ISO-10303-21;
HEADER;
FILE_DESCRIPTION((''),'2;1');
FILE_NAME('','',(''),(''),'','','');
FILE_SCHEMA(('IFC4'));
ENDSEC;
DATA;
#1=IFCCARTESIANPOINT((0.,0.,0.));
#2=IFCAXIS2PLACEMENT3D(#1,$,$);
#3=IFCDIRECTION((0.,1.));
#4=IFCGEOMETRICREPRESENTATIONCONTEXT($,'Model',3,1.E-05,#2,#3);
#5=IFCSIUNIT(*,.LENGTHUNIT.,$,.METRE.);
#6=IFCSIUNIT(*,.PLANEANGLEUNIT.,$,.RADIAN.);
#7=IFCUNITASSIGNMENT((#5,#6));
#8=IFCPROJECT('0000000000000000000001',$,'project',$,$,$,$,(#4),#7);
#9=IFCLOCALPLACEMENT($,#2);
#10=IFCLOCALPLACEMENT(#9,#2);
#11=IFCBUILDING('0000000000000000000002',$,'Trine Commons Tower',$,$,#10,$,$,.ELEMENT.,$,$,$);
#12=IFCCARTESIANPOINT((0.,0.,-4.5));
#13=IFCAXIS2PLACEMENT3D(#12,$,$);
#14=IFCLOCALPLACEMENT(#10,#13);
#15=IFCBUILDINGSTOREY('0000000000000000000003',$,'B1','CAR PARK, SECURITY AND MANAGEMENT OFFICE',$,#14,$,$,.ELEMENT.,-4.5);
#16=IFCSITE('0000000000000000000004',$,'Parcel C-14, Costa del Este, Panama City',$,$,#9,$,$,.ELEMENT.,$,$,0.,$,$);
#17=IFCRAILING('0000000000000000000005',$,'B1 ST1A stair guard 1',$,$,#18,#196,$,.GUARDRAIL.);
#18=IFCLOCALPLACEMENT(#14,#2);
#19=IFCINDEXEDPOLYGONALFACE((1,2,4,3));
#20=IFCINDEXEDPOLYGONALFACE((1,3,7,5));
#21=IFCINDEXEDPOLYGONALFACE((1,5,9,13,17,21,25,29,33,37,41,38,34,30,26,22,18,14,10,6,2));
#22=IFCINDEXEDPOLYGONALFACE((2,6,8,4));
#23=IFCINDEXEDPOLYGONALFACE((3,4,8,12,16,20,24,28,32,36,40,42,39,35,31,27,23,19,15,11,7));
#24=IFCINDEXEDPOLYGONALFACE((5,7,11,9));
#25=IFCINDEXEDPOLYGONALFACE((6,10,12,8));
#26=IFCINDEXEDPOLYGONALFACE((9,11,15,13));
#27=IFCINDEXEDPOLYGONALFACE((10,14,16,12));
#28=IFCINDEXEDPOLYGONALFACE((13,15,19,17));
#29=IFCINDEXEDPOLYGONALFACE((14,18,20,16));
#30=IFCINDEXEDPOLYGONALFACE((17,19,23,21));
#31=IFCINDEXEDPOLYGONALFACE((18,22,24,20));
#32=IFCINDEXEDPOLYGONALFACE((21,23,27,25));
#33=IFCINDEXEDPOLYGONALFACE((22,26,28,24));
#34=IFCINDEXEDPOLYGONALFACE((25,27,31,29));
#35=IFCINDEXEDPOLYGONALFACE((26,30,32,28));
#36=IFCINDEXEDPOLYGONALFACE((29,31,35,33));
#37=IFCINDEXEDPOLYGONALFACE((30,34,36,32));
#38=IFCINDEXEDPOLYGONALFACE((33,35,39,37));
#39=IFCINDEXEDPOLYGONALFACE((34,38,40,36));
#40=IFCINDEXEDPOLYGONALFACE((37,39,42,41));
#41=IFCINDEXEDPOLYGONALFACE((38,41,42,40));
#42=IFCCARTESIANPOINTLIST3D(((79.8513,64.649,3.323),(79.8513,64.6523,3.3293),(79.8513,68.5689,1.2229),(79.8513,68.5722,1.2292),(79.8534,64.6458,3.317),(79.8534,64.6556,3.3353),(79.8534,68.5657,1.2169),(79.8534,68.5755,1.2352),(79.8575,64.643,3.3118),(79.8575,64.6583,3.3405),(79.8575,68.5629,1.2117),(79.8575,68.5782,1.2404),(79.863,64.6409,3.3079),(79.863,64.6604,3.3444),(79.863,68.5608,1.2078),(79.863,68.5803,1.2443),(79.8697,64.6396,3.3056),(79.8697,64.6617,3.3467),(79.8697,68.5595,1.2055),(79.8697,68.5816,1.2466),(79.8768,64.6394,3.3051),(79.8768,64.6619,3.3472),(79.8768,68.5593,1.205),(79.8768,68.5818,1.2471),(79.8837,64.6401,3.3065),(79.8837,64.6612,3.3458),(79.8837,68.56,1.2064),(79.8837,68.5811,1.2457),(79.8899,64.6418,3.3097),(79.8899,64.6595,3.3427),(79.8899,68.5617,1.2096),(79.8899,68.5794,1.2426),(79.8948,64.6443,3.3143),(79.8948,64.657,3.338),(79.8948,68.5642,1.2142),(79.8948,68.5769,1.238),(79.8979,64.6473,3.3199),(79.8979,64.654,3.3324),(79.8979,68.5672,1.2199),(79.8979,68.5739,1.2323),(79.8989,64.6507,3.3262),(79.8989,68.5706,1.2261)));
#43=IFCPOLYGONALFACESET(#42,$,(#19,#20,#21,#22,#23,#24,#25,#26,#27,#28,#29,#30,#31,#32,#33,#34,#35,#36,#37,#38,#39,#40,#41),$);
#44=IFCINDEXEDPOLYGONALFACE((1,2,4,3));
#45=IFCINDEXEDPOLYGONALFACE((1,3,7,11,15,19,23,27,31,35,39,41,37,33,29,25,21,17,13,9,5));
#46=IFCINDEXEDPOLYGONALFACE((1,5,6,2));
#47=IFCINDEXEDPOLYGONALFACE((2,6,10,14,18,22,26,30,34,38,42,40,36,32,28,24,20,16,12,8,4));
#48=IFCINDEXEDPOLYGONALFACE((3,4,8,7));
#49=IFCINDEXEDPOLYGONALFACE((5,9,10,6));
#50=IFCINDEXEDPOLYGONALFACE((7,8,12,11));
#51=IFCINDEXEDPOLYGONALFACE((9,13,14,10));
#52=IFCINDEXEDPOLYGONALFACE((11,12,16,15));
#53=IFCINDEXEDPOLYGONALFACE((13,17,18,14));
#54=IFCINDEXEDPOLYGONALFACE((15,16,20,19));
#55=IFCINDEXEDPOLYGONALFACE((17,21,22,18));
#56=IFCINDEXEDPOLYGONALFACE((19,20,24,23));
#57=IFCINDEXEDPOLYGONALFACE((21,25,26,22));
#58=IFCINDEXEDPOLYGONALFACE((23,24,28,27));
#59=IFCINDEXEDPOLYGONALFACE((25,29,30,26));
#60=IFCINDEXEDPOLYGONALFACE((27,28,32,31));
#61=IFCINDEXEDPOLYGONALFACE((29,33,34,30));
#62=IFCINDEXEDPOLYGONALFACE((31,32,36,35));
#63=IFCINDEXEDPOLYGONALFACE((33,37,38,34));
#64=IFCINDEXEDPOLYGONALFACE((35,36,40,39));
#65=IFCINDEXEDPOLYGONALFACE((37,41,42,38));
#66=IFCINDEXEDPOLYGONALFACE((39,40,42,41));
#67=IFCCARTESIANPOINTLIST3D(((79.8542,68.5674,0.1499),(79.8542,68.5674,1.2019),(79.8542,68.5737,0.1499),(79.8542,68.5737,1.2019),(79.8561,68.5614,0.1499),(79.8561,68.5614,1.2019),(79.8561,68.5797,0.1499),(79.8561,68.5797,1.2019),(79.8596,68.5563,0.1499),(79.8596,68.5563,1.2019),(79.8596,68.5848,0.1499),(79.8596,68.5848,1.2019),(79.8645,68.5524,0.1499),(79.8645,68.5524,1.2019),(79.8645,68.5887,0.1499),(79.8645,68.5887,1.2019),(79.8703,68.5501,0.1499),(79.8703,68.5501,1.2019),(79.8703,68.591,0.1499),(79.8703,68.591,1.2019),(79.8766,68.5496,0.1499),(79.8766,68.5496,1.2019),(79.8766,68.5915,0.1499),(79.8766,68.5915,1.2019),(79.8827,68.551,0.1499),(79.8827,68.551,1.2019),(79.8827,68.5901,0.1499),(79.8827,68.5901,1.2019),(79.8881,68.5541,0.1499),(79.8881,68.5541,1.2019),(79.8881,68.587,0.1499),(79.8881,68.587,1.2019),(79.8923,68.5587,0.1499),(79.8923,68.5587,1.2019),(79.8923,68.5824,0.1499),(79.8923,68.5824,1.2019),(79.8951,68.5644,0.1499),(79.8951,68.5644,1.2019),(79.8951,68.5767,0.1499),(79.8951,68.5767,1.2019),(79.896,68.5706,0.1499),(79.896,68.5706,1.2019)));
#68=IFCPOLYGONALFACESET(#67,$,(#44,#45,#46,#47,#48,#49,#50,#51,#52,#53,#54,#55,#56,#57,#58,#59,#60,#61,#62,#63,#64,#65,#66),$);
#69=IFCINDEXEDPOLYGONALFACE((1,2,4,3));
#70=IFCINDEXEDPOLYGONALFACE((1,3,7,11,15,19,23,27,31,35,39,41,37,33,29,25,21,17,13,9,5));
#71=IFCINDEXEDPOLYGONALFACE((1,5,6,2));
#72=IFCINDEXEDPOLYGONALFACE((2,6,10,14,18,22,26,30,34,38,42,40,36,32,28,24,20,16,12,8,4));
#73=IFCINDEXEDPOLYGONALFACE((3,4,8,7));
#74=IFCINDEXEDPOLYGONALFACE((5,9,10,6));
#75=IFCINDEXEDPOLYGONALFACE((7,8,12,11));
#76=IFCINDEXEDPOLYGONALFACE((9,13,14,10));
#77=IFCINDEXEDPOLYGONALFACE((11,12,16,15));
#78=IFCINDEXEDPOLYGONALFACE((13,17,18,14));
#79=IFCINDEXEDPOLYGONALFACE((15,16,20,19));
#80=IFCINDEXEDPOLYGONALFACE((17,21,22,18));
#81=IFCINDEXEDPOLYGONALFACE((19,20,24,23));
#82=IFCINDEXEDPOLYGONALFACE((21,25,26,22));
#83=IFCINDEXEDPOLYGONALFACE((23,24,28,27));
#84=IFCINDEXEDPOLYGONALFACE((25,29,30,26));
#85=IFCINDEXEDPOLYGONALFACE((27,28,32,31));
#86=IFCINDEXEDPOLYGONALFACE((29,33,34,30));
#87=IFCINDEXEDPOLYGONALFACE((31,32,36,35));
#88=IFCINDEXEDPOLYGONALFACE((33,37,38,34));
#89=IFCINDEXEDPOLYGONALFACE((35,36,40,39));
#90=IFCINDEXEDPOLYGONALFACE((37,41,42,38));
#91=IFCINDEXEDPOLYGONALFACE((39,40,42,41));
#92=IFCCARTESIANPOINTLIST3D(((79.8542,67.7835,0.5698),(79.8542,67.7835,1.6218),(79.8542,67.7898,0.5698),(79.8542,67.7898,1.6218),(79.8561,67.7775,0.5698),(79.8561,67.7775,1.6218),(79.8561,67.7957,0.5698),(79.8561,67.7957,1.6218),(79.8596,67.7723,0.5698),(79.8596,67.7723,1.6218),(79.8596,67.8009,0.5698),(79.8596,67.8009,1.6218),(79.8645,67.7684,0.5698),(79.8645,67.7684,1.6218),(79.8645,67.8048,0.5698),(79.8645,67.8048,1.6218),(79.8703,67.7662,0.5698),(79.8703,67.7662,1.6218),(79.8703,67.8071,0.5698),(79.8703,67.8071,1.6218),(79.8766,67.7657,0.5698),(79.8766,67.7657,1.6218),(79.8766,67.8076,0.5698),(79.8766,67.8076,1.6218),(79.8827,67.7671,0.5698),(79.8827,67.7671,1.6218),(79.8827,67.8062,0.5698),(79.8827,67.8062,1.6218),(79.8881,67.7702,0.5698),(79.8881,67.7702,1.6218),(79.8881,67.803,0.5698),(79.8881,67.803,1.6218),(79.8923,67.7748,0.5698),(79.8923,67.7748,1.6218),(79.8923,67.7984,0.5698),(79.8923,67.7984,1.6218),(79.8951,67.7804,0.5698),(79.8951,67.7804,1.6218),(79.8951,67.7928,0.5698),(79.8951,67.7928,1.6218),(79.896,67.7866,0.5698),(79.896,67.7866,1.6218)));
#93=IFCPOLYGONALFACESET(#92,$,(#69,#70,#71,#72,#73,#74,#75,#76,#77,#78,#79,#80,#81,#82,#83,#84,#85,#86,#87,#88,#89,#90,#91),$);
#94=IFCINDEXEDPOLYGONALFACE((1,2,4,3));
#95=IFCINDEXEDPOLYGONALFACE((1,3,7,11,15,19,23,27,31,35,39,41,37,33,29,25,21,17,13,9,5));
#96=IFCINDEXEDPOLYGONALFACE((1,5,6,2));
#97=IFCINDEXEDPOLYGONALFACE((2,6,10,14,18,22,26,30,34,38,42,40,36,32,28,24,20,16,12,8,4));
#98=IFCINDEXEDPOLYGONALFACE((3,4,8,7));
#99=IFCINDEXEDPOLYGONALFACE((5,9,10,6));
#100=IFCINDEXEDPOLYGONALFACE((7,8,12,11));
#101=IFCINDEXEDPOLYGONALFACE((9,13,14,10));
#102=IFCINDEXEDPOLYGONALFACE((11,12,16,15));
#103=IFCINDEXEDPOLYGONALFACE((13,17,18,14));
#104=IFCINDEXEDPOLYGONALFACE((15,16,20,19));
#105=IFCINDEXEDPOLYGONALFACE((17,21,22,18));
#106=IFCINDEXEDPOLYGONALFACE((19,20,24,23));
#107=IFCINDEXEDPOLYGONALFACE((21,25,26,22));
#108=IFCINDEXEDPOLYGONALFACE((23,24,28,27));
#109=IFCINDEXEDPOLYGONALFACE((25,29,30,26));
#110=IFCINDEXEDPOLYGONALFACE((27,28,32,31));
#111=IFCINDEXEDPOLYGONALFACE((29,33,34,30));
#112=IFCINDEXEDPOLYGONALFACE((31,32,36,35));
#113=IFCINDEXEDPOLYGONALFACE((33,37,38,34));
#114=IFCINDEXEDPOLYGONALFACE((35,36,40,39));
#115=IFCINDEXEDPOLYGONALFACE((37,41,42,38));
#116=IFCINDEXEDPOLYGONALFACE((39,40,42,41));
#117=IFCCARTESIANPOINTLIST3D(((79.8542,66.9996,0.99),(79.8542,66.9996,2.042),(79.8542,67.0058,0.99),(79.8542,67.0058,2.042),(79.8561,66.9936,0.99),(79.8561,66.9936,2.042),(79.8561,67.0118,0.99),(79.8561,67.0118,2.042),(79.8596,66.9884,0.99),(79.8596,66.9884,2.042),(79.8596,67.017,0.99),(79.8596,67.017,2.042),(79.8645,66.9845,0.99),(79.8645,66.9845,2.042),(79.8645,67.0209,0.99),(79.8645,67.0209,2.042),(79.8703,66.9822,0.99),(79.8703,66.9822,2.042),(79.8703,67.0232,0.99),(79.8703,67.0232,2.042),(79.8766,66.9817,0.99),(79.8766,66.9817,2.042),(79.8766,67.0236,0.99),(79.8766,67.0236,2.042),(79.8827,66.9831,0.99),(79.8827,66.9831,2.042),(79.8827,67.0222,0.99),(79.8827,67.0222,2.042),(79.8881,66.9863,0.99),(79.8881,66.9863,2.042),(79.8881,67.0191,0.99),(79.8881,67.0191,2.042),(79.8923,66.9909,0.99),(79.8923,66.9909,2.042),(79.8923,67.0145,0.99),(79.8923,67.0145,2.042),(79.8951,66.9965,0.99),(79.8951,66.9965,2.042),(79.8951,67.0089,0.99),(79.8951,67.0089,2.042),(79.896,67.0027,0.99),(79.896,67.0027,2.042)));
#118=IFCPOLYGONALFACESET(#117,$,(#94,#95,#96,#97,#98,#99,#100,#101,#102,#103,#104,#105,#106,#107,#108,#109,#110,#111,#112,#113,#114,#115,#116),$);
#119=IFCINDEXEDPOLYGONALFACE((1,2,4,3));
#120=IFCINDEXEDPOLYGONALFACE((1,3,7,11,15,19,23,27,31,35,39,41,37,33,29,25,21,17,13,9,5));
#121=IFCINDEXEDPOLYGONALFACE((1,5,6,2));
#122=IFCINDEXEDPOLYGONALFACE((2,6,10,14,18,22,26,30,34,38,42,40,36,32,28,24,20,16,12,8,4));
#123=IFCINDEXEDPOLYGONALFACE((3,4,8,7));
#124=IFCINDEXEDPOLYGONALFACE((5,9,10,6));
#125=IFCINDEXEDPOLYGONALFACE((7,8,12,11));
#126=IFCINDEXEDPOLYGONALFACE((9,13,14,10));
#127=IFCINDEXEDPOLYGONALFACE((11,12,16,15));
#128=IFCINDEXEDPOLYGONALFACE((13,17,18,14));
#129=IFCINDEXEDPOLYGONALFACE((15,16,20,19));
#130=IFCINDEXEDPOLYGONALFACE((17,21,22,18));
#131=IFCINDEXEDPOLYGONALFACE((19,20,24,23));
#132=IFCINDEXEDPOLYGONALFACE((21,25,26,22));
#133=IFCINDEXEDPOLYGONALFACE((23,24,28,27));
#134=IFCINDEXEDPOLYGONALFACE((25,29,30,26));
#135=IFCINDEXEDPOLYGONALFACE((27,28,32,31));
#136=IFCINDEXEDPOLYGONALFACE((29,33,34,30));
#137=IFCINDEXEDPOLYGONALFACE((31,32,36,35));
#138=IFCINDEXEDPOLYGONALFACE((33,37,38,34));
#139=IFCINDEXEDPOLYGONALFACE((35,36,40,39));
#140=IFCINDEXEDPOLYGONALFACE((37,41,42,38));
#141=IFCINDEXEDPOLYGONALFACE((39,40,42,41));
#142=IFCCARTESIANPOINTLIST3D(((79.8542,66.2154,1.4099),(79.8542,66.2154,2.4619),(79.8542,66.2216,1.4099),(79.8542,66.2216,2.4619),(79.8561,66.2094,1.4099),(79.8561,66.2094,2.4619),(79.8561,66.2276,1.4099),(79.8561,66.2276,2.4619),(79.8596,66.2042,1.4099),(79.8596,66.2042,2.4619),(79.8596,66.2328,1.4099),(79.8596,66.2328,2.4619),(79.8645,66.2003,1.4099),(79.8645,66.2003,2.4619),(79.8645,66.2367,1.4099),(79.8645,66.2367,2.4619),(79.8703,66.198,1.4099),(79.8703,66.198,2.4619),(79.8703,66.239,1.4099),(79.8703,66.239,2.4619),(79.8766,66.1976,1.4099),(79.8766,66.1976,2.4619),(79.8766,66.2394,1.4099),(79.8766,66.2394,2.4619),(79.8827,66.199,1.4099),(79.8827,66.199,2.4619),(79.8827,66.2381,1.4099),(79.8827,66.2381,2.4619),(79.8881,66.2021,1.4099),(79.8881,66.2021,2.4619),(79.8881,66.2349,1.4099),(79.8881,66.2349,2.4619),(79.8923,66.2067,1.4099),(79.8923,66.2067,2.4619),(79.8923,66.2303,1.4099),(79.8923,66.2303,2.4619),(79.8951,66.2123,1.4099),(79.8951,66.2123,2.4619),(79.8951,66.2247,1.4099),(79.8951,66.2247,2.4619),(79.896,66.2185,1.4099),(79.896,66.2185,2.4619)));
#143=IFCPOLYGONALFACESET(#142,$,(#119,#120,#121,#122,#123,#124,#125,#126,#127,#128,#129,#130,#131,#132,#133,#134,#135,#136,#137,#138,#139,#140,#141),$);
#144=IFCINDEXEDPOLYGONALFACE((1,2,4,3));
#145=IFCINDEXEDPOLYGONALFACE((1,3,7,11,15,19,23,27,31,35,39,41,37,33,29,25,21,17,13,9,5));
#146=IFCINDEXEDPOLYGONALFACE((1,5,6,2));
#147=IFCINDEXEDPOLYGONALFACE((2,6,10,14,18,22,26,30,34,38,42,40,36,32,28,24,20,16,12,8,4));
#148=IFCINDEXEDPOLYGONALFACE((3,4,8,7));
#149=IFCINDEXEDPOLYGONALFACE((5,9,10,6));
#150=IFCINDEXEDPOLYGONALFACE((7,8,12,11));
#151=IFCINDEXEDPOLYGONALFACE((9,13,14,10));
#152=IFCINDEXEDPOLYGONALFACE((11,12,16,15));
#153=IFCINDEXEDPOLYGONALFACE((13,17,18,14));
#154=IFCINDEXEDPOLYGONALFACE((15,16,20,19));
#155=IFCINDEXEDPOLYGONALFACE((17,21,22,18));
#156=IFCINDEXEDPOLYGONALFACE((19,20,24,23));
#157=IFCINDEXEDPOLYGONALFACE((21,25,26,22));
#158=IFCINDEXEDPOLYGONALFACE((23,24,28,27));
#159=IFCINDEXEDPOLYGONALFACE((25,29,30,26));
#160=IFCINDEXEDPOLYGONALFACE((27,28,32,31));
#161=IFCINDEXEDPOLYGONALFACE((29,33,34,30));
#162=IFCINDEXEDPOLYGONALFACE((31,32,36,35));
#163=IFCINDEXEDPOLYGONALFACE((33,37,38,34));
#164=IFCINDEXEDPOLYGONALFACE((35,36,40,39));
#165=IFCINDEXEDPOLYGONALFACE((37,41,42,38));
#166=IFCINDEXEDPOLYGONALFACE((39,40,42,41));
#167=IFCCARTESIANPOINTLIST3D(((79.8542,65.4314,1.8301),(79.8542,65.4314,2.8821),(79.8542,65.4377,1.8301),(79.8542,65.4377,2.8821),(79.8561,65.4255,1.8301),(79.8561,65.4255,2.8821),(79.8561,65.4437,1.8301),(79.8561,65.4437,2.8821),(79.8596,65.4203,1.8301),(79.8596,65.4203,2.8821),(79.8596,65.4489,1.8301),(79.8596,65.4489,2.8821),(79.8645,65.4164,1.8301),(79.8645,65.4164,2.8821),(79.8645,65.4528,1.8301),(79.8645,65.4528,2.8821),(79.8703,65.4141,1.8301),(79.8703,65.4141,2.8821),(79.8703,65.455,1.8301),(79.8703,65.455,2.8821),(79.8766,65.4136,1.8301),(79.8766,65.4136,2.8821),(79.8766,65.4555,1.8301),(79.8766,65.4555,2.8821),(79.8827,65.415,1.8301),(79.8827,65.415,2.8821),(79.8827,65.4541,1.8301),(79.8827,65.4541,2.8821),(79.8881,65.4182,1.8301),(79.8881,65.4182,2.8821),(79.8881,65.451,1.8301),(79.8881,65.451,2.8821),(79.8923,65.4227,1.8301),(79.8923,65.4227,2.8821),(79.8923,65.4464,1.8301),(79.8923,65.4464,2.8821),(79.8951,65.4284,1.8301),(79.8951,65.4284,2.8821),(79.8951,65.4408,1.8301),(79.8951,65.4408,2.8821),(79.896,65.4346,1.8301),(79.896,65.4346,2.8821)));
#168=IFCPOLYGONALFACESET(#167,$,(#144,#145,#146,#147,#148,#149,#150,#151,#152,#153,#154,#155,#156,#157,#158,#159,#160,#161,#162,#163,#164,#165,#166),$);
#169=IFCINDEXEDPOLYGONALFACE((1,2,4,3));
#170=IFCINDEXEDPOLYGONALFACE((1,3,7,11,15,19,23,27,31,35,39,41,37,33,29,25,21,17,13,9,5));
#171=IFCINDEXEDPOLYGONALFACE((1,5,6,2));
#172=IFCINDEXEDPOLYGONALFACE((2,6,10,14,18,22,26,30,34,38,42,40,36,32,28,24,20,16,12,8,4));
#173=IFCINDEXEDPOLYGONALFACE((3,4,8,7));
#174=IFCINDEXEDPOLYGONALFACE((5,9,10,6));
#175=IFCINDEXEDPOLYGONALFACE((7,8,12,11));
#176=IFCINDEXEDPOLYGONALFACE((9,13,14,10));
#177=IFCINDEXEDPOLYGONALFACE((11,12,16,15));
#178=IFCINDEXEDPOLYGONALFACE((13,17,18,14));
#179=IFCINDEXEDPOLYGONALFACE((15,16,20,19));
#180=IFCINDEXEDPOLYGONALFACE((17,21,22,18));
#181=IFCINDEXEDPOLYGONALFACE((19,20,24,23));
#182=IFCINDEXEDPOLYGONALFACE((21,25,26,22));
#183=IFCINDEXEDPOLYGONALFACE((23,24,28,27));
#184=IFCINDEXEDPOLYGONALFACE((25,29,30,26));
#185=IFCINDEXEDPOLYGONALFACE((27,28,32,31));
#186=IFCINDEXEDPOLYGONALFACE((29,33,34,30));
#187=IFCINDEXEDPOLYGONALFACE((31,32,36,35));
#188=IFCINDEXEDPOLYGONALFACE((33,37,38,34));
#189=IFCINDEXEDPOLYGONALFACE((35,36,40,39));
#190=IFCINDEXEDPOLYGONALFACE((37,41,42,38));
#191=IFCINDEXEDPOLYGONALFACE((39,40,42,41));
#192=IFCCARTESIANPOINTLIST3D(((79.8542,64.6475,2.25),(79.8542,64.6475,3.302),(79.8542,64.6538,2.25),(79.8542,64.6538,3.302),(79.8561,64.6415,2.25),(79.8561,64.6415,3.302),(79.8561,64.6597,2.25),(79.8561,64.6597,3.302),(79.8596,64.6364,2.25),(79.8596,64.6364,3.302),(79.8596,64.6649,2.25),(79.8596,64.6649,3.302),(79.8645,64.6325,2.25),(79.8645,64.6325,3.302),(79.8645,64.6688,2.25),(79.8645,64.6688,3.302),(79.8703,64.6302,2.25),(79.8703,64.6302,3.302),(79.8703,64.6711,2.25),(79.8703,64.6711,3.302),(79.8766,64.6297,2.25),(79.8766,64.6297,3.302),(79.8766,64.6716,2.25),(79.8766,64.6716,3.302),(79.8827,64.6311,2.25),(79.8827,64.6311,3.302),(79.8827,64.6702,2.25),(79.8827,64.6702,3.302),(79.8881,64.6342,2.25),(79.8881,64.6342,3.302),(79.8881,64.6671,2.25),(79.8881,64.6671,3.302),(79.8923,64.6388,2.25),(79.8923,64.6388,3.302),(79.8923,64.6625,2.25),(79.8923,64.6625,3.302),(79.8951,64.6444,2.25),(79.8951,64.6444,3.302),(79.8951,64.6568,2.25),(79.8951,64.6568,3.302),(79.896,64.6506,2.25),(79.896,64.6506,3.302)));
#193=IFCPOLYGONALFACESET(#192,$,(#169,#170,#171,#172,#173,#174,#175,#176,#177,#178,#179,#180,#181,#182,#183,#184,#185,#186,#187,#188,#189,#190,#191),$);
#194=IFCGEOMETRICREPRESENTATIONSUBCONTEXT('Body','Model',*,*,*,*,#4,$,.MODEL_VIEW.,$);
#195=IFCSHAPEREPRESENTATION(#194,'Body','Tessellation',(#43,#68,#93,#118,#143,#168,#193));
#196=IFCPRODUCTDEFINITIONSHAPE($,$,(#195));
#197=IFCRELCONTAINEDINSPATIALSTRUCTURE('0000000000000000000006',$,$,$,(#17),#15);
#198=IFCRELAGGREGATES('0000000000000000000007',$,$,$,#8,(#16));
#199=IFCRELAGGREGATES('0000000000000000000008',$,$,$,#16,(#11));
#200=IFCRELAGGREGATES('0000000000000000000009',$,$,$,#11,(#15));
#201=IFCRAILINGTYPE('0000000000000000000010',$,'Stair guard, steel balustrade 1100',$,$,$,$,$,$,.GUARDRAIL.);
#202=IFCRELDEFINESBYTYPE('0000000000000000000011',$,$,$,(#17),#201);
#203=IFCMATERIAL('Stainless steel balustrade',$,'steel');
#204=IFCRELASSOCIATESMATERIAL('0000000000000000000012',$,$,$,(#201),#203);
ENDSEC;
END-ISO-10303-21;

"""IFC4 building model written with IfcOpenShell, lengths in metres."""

from ifc_helpers import new_model, si_unit, direction, frame, origin, origin_2d, place, context, subcontext, project, spatial, circle, extrude, material, type_object, element, save


model = new_model("IFC4")

# Units and contexts
model_context = context("Model", 3, precision=1e-05, world=origin(), true_north=direction((0.0, 1.0)))
body_context = subcontext(model_context, "Body", "Model", "MODEL_VIEW")
ifc_project = project(units=[si_unit("LENGTHUNIT", "METRE"), si_unit("PLANEANGLEUNIT", "RADIAN")], contexts=[model_context])

# Site, building, storey
site_placement = place(None, origin())
site = spatial("IfcSite", under=ifc_project, at=site_placement, Name="Parcel C-14, Costa del Este, Panama City", CompositionType="ELEMENT", RefElevation=0.0)
building_placement = place(site_placement, origin())
building = spatial("IfcBuilding", under=site, at=building_placement, Name="Trine Commons Tower", CompositionType="ELEMENT")
storey_placement = place(building_placement, frame((0.0, 0.0, -4.5)))
storey = spatial("IfcBuildingStorey", under=building, at=storey_placement, Name="B1", Description="CAR PARK, SECURITY AND MANAGEMENT OFFICE", CompositionType="ELEMENT", Elevation=-4.5)

# Railing
ifc_material_1 = material(Name="Stainless steel balustrade", Category="steel")
railing_type_1 = type_object("IfcRailingType", Name="Stair guard, steel balustrade 1100", PredefinedType="GUARDRAIL", material=ifc_material_1)
railing_1_placement = place(storey_placement, frame((79.875, 68.5706, 0.1499)))
element("IfcRailing", 1, at=railing_1_placement, inside=storey, type_object=railing_type_1, Name="B1 ST1A stair guard 1", PredefinedType="GUARDRAIL", context=body_context, shape_type="SweptSolid", body=[
    extrude(circle(Radius=0.0239, at=origin_2d()), frame((0.0, 0.0, 1.0762), z_axis=(0.0, -0.881467, 0.472246), x_axis=(1.0, 0.0, 0.0)), (0.0, 0.0, 1.0), 4.447),
    extrude(circle(Radius=0.021, at=origin_2d()), origin(), (0.0, 0.0, 1.0), 1.052),
    extrude(circle(Radius=0.021, at=origin_2d()), frame((0.0, -0.7839, 0.4199)), (0.0, 0.0, 1.0), 1.052),
    extrude(circle(Radius=0.021, at=origin_2d()), frame((0.0, -1.5679, 0.8401)), (0.0, 0.0, 1.0), 1.052),
    extrude(circle(Radius=0.021, at=origin_2d()), frame((0.0, -2.3521, 1.26)), (0.0, 0.0, 1.0), 1.052),
    extrude(circle(Radius=0.021, at=origin_2d()), frame((0.0, -3.136, 1.6802)), (0.0, 0.0, 1.0), 1.052),
    extrude(circle(Radius=0.021, at=origin_2d()), frame((0.0, -3.9199, 2.1001)), (0.0, 0.0, 1.0), 1.052),
])

save(model, "model.ifc")
